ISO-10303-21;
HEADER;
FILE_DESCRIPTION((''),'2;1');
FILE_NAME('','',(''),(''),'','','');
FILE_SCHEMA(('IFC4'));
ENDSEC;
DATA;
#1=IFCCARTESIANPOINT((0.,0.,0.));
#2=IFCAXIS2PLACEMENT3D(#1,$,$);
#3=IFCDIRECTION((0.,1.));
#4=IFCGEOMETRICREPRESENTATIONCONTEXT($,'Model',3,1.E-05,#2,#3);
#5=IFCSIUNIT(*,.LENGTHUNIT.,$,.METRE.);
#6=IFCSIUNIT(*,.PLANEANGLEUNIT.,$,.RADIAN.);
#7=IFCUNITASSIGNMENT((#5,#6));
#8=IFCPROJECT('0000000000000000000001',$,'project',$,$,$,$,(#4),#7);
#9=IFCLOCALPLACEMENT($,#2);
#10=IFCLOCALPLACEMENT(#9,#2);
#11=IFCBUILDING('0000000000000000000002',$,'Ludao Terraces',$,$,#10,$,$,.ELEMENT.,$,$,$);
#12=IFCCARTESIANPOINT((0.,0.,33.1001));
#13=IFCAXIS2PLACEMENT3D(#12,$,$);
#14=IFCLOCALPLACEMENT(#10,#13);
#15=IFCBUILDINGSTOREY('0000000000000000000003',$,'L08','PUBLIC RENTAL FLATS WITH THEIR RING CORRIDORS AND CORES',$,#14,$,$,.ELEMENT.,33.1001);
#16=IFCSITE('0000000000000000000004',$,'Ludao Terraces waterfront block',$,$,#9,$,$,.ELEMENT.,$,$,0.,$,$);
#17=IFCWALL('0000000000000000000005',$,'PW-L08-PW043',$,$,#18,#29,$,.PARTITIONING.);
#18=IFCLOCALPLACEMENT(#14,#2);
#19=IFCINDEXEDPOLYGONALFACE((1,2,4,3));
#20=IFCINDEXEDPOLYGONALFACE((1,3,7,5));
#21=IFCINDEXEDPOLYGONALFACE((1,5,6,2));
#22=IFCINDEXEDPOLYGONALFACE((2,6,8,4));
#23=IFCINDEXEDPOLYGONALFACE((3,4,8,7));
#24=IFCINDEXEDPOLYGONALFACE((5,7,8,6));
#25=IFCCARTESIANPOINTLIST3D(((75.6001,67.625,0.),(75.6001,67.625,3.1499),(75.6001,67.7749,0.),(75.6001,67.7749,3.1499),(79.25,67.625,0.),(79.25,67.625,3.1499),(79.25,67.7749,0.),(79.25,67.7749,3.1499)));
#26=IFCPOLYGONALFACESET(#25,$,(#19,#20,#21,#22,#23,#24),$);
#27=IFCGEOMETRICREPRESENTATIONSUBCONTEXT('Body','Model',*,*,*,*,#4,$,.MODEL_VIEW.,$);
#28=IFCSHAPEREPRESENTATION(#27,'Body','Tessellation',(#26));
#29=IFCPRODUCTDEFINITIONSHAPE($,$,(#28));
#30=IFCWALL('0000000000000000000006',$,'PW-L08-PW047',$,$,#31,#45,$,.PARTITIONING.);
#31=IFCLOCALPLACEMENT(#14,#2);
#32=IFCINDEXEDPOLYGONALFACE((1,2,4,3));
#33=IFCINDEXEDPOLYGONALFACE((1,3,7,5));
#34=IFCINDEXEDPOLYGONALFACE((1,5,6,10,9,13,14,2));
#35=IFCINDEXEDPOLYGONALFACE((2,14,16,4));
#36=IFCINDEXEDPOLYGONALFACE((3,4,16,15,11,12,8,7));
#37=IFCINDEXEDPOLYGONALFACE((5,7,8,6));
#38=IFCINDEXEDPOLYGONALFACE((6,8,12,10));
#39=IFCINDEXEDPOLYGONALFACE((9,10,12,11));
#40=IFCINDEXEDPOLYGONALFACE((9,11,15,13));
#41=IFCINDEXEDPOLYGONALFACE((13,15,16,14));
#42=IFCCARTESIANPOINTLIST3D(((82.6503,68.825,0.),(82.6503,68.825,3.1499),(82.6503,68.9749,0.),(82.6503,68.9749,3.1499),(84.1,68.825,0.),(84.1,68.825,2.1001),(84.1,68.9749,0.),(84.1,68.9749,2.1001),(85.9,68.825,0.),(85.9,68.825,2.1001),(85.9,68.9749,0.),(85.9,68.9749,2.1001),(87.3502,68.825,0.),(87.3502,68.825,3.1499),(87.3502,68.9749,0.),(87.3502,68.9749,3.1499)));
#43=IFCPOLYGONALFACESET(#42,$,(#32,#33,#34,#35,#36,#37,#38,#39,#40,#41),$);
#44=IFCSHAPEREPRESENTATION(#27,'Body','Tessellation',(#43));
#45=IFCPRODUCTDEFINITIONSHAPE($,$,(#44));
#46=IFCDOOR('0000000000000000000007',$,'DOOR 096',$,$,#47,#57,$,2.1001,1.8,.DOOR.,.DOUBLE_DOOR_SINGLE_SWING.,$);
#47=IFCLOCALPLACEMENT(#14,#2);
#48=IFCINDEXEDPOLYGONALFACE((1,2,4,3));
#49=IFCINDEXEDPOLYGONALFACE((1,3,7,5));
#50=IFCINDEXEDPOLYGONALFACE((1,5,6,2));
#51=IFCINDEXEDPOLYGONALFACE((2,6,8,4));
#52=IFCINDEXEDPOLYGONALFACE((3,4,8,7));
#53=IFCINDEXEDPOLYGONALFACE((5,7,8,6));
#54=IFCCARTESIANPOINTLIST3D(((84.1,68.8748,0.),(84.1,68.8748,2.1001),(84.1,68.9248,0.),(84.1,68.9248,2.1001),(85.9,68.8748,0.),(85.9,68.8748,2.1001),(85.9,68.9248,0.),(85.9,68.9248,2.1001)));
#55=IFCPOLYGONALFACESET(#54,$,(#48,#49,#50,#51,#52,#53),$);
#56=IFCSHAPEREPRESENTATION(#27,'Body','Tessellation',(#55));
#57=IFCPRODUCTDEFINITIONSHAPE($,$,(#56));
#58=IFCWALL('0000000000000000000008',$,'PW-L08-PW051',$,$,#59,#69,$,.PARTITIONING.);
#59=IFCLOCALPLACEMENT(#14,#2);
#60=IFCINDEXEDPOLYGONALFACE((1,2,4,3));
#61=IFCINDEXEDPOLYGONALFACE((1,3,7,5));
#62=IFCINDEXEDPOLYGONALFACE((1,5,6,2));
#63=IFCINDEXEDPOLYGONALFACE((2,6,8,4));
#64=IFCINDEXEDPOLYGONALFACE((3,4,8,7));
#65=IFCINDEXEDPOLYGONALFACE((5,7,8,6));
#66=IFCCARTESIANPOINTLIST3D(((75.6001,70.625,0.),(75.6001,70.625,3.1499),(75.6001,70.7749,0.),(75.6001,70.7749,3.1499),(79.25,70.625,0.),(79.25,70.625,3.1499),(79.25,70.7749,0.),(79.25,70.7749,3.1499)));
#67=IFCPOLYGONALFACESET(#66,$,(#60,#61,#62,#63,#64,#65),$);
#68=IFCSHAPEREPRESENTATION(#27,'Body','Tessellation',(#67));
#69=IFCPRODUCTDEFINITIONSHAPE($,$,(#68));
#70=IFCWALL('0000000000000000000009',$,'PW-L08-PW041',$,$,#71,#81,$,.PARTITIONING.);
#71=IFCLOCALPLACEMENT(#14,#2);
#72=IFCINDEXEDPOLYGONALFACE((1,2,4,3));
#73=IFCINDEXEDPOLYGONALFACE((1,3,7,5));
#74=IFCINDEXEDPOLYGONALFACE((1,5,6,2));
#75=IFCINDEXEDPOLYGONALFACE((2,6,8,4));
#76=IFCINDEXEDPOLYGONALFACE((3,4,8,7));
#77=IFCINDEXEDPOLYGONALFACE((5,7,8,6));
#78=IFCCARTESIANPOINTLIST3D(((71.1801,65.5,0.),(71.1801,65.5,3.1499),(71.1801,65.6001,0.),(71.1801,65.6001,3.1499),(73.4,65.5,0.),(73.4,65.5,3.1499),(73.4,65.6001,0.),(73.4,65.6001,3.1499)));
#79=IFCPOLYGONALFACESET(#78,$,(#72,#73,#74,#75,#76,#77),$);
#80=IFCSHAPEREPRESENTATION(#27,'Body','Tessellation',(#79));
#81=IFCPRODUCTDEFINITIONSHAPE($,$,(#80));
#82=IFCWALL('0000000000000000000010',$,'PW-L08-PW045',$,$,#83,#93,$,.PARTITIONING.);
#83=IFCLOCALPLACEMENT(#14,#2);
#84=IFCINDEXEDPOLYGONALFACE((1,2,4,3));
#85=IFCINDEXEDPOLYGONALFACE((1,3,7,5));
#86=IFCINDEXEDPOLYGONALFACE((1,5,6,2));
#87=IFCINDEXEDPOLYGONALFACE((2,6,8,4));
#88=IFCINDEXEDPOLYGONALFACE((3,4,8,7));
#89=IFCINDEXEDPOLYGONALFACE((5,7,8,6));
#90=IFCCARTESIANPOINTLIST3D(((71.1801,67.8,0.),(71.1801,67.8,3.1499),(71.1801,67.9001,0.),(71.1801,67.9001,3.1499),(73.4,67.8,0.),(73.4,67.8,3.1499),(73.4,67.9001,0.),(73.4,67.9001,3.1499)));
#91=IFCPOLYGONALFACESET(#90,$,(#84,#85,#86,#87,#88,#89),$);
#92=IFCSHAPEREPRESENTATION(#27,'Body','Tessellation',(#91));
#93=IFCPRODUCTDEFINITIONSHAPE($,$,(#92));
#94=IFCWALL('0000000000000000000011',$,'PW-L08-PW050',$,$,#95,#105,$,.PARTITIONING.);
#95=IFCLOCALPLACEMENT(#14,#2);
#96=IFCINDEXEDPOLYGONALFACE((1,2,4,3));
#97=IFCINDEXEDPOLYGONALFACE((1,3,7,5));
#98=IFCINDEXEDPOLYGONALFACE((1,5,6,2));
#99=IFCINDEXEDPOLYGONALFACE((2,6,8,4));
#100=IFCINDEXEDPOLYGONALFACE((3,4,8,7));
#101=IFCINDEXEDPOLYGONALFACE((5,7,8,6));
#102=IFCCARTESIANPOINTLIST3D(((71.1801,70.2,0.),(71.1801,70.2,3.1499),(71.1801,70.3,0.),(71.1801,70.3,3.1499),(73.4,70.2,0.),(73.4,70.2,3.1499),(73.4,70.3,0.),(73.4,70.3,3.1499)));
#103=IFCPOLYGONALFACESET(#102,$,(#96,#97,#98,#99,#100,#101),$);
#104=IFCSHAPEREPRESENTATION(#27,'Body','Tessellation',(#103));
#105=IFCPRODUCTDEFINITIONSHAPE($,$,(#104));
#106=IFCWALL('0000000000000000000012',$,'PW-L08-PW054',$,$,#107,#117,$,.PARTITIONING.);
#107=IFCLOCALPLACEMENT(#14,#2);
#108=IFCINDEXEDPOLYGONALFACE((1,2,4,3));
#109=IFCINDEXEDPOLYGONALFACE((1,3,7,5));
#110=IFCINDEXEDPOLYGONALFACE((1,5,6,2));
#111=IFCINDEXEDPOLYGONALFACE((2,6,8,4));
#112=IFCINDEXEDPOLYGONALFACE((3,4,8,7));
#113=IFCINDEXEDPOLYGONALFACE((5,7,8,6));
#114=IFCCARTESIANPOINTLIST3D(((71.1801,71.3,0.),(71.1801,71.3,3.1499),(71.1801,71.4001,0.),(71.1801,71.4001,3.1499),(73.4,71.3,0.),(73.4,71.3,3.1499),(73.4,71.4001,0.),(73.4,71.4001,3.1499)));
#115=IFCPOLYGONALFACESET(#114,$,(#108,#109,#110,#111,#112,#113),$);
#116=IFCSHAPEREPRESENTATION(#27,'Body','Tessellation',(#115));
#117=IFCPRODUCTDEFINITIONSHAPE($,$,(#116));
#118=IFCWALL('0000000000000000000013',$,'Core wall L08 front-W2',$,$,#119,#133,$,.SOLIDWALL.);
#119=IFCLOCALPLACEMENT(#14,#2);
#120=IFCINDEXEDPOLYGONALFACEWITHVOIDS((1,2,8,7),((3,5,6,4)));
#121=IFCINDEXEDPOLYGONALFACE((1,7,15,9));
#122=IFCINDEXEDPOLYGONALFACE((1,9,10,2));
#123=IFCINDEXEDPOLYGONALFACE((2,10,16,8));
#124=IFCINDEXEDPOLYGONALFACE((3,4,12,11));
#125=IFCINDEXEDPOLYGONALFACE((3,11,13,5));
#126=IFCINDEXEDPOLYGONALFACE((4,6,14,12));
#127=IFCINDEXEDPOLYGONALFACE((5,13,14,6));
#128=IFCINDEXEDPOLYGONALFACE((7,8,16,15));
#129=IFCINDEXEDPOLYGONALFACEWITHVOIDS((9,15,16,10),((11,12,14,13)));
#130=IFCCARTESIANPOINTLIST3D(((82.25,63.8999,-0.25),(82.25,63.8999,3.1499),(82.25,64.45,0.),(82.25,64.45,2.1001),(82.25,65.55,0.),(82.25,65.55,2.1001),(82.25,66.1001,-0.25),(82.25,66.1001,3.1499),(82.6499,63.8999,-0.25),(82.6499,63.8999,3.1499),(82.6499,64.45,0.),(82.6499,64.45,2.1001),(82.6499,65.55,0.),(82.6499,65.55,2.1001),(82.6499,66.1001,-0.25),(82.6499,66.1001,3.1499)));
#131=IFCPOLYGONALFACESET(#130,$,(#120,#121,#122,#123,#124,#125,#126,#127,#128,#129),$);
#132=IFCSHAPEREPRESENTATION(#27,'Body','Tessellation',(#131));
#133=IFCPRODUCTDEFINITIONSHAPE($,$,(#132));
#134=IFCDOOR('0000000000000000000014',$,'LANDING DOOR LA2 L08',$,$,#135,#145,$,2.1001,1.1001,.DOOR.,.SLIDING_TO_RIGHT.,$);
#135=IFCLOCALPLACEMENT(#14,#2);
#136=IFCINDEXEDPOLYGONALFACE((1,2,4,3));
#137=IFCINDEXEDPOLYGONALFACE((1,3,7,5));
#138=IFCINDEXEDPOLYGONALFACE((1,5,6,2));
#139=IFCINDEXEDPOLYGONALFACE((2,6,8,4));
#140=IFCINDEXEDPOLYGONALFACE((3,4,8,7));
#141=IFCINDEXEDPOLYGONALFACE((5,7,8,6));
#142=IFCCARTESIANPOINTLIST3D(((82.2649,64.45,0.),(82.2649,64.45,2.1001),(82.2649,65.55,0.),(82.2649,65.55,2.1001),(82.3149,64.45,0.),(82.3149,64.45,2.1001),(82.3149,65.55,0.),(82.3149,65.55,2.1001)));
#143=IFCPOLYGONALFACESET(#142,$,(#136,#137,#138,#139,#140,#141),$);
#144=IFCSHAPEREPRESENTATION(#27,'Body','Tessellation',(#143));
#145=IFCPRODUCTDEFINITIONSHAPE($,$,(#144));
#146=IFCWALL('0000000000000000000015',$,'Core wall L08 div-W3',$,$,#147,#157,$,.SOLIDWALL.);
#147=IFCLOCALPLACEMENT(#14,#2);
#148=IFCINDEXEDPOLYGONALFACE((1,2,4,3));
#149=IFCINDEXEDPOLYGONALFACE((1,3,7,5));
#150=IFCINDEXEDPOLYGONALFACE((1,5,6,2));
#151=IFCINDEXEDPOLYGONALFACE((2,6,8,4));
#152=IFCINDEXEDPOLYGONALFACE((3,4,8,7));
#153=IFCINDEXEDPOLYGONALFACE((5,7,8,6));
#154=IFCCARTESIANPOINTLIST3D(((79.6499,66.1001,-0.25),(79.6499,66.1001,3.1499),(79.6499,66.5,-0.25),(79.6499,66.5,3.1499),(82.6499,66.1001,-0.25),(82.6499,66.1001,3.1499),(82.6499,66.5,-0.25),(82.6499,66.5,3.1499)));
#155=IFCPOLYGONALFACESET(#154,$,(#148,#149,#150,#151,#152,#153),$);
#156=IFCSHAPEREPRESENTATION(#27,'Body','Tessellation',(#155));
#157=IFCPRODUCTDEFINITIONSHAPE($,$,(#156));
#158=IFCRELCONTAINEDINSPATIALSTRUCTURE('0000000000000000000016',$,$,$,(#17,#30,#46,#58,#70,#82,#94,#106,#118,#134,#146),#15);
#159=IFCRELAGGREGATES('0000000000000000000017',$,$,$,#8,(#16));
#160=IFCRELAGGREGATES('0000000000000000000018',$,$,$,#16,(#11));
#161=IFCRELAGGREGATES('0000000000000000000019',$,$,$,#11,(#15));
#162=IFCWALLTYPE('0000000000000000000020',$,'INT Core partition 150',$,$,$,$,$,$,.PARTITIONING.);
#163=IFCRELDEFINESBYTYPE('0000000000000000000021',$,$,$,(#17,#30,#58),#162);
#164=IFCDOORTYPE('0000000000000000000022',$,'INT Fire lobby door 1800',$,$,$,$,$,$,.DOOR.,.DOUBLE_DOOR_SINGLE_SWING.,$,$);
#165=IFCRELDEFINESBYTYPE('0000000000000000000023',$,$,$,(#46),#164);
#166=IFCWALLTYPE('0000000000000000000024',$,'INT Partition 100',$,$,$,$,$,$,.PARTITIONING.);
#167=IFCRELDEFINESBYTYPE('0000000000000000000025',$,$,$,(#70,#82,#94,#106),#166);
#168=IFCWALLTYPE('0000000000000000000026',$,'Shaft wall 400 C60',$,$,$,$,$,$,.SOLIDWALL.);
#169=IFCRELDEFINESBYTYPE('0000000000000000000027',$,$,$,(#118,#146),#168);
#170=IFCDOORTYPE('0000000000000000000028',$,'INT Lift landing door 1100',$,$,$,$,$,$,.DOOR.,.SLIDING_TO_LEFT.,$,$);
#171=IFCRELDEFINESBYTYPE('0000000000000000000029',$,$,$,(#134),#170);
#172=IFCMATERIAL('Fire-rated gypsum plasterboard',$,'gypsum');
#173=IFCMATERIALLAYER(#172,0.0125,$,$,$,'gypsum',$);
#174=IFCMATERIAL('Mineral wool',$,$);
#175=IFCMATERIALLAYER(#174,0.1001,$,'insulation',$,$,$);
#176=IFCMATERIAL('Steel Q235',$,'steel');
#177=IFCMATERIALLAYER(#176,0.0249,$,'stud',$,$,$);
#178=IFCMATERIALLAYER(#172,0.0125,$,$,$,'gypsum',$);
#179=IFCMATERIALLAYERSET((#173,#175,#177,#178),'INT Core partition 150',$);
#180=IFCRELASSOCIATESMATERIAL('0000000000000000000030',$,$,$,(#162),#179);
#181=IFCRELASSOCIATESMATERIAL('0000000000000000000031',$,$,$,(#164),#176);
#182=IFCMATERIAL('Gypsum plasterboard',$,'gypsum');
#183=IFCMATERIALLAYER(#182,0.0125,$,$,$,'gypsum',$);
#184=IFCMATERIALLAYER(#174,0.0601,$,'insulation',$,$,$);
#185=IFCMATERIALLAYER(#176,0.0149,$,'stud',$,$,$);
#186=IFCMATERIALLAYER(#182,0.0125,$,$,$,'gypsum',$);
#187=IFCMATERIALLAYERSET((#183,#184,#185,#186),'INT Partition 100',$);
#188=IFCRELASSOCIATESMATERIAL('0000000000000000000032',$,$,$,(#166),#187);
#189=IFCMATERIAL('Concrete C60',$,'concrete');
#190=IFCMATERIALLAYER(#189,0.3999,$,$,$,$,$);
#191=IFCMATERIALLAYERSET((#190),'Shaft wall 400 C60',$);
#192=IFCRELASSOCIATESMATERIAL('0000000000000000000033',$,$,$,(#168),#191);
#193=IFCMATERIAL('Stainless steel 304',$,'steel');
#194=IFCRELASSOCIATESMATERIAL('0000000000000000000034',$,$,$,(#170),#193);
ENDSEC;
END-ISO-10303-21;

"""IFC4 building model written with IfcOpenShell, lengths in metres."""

from ifc_helpers import new_model, si_unit, direction, frame, frame_2d, origin, place, context, subcontext, project, spatial, rectangle, extrude, material, layer, layer_set, type_object, element, fill, save


model = new_model("IFC4")

# Units and contexts
model_context = context("Model", 3, precision=1e-05, world=origin(), true_north=direction((0.0, 1.0)))
body_context = subcontext(model_context, "Body", "Model", "MODEL_VIEW")
ifc_project = project(units=[si_unit("LENGTHUNIT", "METRE"), si_unit("PLANEANGLEUNIT", "RADIAN")], contexts=[model_context])

# Site, building, storey
site_placement = place(None, origin())
site = spatial("IfcSite", under=ifc_project, at=site_placement, Name="Ludao Terraces waterfront block", CompositionType="ELEMENT", RefElevation=0.0)
building_placement = place(site_placement, origin())
building = spatial("IfcBuilding", under=site, at=building_placement, Name="Ludao Terraces", CompositionType="ELEMENT")
storey_placement = place(building_placement, frame((0.0, 0.0, 33.1001)))
storey = spatial("IfcBuildingStorey", under=building, at=storey_placement, Name="L08", Description="PUBLIC RENTAL FLATS WITH THEIR RING CORRIDORS AND CORES", CompositionType="ELEMENT", Elevation=33.1001)

# Wall
ifc_material_1 = material(Name="Fire-rated gypsum plasterboard", Category="gypsum")
ifc_layer_1 = layer(ifc_material_1, 0.0125, Category="gypsum")
ifc_material_2 = material(Name="Mineral wool")
ifc_layer_2 = layer(ifc_material_2, 0.1001, Name="insulation")
ifc_material_3 = material(Name="Steel Q235", Category="steel")
ifc_layer_3 = layer(ifc_material_3, 0.0249, Name="stud")
ifc_layer_4 = layer(ifc_material_1, 0.0125, Category="gypsum")
ifc_layer_set_1 = layer_set([ifc_layer_1, ifc_layer_2, ifc_layer_3, ifc_layer_4], Name="INT Core partition 150")
wall_type_1 = type_object("IfcWallType", Name="INT Core partition 150", PredefinedType="PARTITIONING", material=ifc_layer_set_1)
wall_1_placement = place(storey_placement, frame((75.6001, 67.7, 0.0), z_axis=(0.0, 0.0, 1.0), x_axis=(1.0, 0.0, 0.0)))
element("IfcWall", 1, at=wall_1_placement, inside=storey, type_object=wall_type_1, Name="PW-L08-PW043", PredefinedType="PARTITIONING", context=body_context, shape_type="SweptSolid", body=[
    extrude(rectangle(XDim=3.6499, YDim=0.1499, at=frame_2d((1.825, 0.0))), origin(), (0.0, 0.0, 1.0), 3.1499),
])

# Wall, opening, door
wall_2_placement = place(storey_placement, frame((82.6501, 68.8999, 0.0), z_axis=(0.0, 0.0, 1.0), x_axis=(1.0, 0.0, 0.0)))
wall_2 = element("IfcWall", 2, at=wall_2_placement, inside=storey, type_object=wall_type_1, Name="PW-L08-PW047", PredefinedType="PARTITIONING", context=body_context, shape_type="SweptSolid", body=[
    extrude(rectangle(XDim=4.7, YDim=0.1499, at=frame_2d((2.3501, 0.0))), origin(), (0.0, 0.0, 1.0), 3.1499),
])
opening_1_placement = place(wall_2_placement, frame((1.45, 0.0, 0.0)))
opening_1 = element("IfcOpeningElement", 3, at=opening_1_placement, cuts=wall_2, PredefinedType="OPENING", context=body_context, shape_type="SweptSolid", body=[
    extrude(rectangle(XDim=1.8, YDim=2.1001, at=frame_2d((0.8999, 1.05))), frame((0.0, 0.085, 0.0), z_axis=(0.0, -1.0, 0.0), x_axis=(1.0, 0.0, 0.0)), (0.0, 0.0, 1.0), 0.1699),
])
door_type_1 = type_object("IfcDoorType", Name="INT Fire lobby door 1800", OperationType="DOUBLE_DOOR_SINGLE_SWING", PredefinedType="DOOR", material=ifc_material_3)
door_1_placement = place(opening_1_placement, origin())
door_1 = element("IfcDoor", 4, at=door_1_placement, inside=storey, type_object=door_type_1, Name="DOOR 096", OperationType="DOUBLE_DOOR_SINGLE_SWING", OverallHeight=2.1001, OverallWidth=1.8, PredefinedType="DOOR", context=body_context, shape_type="SweptSolid", body=[
    extrude(rectangle(XDim=1.8, YDim=2.1001, at=frame_2d((0.8999, 1.05))), frame((0.0, 0.0249, 0.0), z_axis=(0.0, -1.0, 0.0), x_axis=(1.0, 0.0, 0.0)), (0.0, 0.0, 1.0), 0.05),
])
fill(opening_1, door_1)

# Walls
wall_3_placement = place(storey_placement, frame((75.6001, 70.7, 0.0), z_axis=(0.0, 0.0, 1.0), x_axis=(1.0, 0.0, 0.0)))
element("IfcWall", 5, at=wall_3_placement, inside=storey, type_object=wall_type_1, Name="PW-L08-PW051", PredefinedType="PARTITIONING", context=body_context, shape_type="SweptSolid", body=[
    extrude(rectangle(XDim=3.6499, YDim=0.1499, at=frame_2d((1.825, 0.0))), origin(), (0.0, 0.0, 1.0), 3.1499),
])
ifc_material_4 = material(Name="Gypsum plasterboard", Category="gypsum")
ifc_layer_5 = layer(ifc_material_4, 0.0125, Category="gypsum")
ifc_layer_6 = layer(ifc_material_2, 0.0601, Name="insulation")
ifc_layer_7 = layer(ifc_material_3, 0.0149, Name="stud")
ifc_layer_8 = layer(ifc_material_4, 0.0125, Category="gypsum")
ifc_layer_set_2 = layer_set([ifc_layer_5, ifc_layer_6, ifc_layer_7, ifc_layer_8], Name="INT Partition 100")
wall_type_2 = type_object("IfcWallType", Name="INT Partition 100", PredefinedType="PARTITIONING", material=ifc_layer_set_2)
for number, where, z_axis, x_axis, name in (
    (6, (71.1802, 65.55, 0.0), (0.0, 0.0, 1.0), (1.0, 0.0, 0.0), "PW-L08-PW041"),
    (7, (71.1802, 67.8501, 0.0), (0.0, 0.0, 1.0), (1.0, 0.0, 0.0), "PW-L08-PW045"),
    (8, (71.1802, 70.25, 0.0), (0.0, 0.0, 1.0), (1.0, 0.0, 0.0), "PW-L08-PW050"),
    (9, (71.1802, 71.3501, 0.0), (0.0, 0.0, 1.0), (1.0, 0.0, 0.0), "PW-L08-PW054"),
):
    element("IfcWall", number, at=place(storey_placement, frame(where, z_axis=z_axis, x_axis=x_axis)), inside=storey, type_object=wall_type_2, Name=name, PredefinedType="PARTITIONING", context=body_context, shape_type="SweptSolid", body=[
        extrude(rectangle(XDim=2.22, YDim=0.1001, at=frame_2d((1.1099, 0.0))), origin(), (0.0, 0.0, 1.0), 3.1499),
    ])

# Wall, opening, door
ifc_material_5 = material(Name="Concrete C60", Category="concrete")
ifc_layer_9 = layer(ifc_material_5, 0.3999)
ifc_layer_set_3 = layer_set([ifc_layer_9], Name="Shaft wall 400 C60")
wall_type_3 = type_object("IfcWallType", Name="Shaft wall 400 C60", PredefinedType="SOLIDWALL", material=ifc_layer_set_3)
wall_4_placement = place(storey_placement, frame((82.45, 63.8999, -0.25), z_axis=(0.0, 0.0, 1.0), x_axis=(0.0, 1.0, 0.0)))
wall_4 = element("IfcWall", 10, at=wall_4_placement, inside=storey, type_object=wall_type_3, Name="Core wall L08 front-W2", PredefinedType="SOLIDWALL", context=body_context, shape_type="SweptSolid", body=[
    extrude(rectangle(XDim=2.2002, YDim=0.3999, at=frame_2d((1.1001, 0.0))), origin(), (0.0, 0.0, 1.0), 3.3999),
])
opening_2_placement = place(wall_4_placement, frame((0.55, 0.0, 0.25)))
opening_2 = element("IfcOpeningElement", 11, at=opening_2_placement, cuts=wall_4, PredefinedType="OPENING", context=body_context, shape_type="SweptSolid", body=[
    extrude(rectangle(XDim=1.1001, YDim=2.1001, at=frame_2d((0.55, 1.05))), frame((0.0, 0.21, 0.0), z_axis=(0.0, -1.0, 0.0), x_axis=(1.0, 0.0, 0.0)), (0.0, 0.0, 1.0), 0.4199),
])
ifc_material_6 = material(Name="Stainless steel 304", Category="steel")
door_type_2 = type_object("IfcDoorType", Name="INT Lift landing door 1100", OperationType="SLIDING_TO_LEFT", PredefinedType="DOOR", material=ifc_material_6)
door_2_placement = place(opening_2_placement, origin())
door_2 = element("IfcDoor", 12, at=door_2_placement, inside=storey, type_object=door_type_2, Name="LANDING DOOR LA2 L08", OperationType="SLIDING_TO_RIGHT", OverallHeight=2.1001, OverallWidth=1.1001, PredefinedType="DOOR", context=body_context, shape_type="SweptSolid", body=[
    extrude(rectangle(XDim=1.1001, YDim=2.1001, at=frame_2d((0.55, 1.05))), frame((0.0, 0.1851, 0.0), z_axis=(0.0, -1.0, 0.0), x_axis=(1.0, 0.0, 0.0)), (0.0, 0.0, 1.0), 0.05),
])
fill(opening_2, door_2)

# Wall
wall_5_placement = place(storey_placement, frame((79.6499, 66.3, -0.25), z_axis=(0.0, 0.0, 1.0), x_axis=(1.0, 0.0, 0.0)))
element("IfcWall", 13, at=wall_5_placement, inside=storey, type_object=wall_type_3, Name="Core wall L08 div-W3", PredefinedType="SOLIDWALL", context=body_context, shape_type="SweptSolid", body=[
    extrude(rectangle(XDim=3.0, YDim=0.3999, at=frame_2d((1.5, 0.0))), origin(), (0.0, 0.0, 1.0), 3.3999),
])

save(model, "model.ifc")
